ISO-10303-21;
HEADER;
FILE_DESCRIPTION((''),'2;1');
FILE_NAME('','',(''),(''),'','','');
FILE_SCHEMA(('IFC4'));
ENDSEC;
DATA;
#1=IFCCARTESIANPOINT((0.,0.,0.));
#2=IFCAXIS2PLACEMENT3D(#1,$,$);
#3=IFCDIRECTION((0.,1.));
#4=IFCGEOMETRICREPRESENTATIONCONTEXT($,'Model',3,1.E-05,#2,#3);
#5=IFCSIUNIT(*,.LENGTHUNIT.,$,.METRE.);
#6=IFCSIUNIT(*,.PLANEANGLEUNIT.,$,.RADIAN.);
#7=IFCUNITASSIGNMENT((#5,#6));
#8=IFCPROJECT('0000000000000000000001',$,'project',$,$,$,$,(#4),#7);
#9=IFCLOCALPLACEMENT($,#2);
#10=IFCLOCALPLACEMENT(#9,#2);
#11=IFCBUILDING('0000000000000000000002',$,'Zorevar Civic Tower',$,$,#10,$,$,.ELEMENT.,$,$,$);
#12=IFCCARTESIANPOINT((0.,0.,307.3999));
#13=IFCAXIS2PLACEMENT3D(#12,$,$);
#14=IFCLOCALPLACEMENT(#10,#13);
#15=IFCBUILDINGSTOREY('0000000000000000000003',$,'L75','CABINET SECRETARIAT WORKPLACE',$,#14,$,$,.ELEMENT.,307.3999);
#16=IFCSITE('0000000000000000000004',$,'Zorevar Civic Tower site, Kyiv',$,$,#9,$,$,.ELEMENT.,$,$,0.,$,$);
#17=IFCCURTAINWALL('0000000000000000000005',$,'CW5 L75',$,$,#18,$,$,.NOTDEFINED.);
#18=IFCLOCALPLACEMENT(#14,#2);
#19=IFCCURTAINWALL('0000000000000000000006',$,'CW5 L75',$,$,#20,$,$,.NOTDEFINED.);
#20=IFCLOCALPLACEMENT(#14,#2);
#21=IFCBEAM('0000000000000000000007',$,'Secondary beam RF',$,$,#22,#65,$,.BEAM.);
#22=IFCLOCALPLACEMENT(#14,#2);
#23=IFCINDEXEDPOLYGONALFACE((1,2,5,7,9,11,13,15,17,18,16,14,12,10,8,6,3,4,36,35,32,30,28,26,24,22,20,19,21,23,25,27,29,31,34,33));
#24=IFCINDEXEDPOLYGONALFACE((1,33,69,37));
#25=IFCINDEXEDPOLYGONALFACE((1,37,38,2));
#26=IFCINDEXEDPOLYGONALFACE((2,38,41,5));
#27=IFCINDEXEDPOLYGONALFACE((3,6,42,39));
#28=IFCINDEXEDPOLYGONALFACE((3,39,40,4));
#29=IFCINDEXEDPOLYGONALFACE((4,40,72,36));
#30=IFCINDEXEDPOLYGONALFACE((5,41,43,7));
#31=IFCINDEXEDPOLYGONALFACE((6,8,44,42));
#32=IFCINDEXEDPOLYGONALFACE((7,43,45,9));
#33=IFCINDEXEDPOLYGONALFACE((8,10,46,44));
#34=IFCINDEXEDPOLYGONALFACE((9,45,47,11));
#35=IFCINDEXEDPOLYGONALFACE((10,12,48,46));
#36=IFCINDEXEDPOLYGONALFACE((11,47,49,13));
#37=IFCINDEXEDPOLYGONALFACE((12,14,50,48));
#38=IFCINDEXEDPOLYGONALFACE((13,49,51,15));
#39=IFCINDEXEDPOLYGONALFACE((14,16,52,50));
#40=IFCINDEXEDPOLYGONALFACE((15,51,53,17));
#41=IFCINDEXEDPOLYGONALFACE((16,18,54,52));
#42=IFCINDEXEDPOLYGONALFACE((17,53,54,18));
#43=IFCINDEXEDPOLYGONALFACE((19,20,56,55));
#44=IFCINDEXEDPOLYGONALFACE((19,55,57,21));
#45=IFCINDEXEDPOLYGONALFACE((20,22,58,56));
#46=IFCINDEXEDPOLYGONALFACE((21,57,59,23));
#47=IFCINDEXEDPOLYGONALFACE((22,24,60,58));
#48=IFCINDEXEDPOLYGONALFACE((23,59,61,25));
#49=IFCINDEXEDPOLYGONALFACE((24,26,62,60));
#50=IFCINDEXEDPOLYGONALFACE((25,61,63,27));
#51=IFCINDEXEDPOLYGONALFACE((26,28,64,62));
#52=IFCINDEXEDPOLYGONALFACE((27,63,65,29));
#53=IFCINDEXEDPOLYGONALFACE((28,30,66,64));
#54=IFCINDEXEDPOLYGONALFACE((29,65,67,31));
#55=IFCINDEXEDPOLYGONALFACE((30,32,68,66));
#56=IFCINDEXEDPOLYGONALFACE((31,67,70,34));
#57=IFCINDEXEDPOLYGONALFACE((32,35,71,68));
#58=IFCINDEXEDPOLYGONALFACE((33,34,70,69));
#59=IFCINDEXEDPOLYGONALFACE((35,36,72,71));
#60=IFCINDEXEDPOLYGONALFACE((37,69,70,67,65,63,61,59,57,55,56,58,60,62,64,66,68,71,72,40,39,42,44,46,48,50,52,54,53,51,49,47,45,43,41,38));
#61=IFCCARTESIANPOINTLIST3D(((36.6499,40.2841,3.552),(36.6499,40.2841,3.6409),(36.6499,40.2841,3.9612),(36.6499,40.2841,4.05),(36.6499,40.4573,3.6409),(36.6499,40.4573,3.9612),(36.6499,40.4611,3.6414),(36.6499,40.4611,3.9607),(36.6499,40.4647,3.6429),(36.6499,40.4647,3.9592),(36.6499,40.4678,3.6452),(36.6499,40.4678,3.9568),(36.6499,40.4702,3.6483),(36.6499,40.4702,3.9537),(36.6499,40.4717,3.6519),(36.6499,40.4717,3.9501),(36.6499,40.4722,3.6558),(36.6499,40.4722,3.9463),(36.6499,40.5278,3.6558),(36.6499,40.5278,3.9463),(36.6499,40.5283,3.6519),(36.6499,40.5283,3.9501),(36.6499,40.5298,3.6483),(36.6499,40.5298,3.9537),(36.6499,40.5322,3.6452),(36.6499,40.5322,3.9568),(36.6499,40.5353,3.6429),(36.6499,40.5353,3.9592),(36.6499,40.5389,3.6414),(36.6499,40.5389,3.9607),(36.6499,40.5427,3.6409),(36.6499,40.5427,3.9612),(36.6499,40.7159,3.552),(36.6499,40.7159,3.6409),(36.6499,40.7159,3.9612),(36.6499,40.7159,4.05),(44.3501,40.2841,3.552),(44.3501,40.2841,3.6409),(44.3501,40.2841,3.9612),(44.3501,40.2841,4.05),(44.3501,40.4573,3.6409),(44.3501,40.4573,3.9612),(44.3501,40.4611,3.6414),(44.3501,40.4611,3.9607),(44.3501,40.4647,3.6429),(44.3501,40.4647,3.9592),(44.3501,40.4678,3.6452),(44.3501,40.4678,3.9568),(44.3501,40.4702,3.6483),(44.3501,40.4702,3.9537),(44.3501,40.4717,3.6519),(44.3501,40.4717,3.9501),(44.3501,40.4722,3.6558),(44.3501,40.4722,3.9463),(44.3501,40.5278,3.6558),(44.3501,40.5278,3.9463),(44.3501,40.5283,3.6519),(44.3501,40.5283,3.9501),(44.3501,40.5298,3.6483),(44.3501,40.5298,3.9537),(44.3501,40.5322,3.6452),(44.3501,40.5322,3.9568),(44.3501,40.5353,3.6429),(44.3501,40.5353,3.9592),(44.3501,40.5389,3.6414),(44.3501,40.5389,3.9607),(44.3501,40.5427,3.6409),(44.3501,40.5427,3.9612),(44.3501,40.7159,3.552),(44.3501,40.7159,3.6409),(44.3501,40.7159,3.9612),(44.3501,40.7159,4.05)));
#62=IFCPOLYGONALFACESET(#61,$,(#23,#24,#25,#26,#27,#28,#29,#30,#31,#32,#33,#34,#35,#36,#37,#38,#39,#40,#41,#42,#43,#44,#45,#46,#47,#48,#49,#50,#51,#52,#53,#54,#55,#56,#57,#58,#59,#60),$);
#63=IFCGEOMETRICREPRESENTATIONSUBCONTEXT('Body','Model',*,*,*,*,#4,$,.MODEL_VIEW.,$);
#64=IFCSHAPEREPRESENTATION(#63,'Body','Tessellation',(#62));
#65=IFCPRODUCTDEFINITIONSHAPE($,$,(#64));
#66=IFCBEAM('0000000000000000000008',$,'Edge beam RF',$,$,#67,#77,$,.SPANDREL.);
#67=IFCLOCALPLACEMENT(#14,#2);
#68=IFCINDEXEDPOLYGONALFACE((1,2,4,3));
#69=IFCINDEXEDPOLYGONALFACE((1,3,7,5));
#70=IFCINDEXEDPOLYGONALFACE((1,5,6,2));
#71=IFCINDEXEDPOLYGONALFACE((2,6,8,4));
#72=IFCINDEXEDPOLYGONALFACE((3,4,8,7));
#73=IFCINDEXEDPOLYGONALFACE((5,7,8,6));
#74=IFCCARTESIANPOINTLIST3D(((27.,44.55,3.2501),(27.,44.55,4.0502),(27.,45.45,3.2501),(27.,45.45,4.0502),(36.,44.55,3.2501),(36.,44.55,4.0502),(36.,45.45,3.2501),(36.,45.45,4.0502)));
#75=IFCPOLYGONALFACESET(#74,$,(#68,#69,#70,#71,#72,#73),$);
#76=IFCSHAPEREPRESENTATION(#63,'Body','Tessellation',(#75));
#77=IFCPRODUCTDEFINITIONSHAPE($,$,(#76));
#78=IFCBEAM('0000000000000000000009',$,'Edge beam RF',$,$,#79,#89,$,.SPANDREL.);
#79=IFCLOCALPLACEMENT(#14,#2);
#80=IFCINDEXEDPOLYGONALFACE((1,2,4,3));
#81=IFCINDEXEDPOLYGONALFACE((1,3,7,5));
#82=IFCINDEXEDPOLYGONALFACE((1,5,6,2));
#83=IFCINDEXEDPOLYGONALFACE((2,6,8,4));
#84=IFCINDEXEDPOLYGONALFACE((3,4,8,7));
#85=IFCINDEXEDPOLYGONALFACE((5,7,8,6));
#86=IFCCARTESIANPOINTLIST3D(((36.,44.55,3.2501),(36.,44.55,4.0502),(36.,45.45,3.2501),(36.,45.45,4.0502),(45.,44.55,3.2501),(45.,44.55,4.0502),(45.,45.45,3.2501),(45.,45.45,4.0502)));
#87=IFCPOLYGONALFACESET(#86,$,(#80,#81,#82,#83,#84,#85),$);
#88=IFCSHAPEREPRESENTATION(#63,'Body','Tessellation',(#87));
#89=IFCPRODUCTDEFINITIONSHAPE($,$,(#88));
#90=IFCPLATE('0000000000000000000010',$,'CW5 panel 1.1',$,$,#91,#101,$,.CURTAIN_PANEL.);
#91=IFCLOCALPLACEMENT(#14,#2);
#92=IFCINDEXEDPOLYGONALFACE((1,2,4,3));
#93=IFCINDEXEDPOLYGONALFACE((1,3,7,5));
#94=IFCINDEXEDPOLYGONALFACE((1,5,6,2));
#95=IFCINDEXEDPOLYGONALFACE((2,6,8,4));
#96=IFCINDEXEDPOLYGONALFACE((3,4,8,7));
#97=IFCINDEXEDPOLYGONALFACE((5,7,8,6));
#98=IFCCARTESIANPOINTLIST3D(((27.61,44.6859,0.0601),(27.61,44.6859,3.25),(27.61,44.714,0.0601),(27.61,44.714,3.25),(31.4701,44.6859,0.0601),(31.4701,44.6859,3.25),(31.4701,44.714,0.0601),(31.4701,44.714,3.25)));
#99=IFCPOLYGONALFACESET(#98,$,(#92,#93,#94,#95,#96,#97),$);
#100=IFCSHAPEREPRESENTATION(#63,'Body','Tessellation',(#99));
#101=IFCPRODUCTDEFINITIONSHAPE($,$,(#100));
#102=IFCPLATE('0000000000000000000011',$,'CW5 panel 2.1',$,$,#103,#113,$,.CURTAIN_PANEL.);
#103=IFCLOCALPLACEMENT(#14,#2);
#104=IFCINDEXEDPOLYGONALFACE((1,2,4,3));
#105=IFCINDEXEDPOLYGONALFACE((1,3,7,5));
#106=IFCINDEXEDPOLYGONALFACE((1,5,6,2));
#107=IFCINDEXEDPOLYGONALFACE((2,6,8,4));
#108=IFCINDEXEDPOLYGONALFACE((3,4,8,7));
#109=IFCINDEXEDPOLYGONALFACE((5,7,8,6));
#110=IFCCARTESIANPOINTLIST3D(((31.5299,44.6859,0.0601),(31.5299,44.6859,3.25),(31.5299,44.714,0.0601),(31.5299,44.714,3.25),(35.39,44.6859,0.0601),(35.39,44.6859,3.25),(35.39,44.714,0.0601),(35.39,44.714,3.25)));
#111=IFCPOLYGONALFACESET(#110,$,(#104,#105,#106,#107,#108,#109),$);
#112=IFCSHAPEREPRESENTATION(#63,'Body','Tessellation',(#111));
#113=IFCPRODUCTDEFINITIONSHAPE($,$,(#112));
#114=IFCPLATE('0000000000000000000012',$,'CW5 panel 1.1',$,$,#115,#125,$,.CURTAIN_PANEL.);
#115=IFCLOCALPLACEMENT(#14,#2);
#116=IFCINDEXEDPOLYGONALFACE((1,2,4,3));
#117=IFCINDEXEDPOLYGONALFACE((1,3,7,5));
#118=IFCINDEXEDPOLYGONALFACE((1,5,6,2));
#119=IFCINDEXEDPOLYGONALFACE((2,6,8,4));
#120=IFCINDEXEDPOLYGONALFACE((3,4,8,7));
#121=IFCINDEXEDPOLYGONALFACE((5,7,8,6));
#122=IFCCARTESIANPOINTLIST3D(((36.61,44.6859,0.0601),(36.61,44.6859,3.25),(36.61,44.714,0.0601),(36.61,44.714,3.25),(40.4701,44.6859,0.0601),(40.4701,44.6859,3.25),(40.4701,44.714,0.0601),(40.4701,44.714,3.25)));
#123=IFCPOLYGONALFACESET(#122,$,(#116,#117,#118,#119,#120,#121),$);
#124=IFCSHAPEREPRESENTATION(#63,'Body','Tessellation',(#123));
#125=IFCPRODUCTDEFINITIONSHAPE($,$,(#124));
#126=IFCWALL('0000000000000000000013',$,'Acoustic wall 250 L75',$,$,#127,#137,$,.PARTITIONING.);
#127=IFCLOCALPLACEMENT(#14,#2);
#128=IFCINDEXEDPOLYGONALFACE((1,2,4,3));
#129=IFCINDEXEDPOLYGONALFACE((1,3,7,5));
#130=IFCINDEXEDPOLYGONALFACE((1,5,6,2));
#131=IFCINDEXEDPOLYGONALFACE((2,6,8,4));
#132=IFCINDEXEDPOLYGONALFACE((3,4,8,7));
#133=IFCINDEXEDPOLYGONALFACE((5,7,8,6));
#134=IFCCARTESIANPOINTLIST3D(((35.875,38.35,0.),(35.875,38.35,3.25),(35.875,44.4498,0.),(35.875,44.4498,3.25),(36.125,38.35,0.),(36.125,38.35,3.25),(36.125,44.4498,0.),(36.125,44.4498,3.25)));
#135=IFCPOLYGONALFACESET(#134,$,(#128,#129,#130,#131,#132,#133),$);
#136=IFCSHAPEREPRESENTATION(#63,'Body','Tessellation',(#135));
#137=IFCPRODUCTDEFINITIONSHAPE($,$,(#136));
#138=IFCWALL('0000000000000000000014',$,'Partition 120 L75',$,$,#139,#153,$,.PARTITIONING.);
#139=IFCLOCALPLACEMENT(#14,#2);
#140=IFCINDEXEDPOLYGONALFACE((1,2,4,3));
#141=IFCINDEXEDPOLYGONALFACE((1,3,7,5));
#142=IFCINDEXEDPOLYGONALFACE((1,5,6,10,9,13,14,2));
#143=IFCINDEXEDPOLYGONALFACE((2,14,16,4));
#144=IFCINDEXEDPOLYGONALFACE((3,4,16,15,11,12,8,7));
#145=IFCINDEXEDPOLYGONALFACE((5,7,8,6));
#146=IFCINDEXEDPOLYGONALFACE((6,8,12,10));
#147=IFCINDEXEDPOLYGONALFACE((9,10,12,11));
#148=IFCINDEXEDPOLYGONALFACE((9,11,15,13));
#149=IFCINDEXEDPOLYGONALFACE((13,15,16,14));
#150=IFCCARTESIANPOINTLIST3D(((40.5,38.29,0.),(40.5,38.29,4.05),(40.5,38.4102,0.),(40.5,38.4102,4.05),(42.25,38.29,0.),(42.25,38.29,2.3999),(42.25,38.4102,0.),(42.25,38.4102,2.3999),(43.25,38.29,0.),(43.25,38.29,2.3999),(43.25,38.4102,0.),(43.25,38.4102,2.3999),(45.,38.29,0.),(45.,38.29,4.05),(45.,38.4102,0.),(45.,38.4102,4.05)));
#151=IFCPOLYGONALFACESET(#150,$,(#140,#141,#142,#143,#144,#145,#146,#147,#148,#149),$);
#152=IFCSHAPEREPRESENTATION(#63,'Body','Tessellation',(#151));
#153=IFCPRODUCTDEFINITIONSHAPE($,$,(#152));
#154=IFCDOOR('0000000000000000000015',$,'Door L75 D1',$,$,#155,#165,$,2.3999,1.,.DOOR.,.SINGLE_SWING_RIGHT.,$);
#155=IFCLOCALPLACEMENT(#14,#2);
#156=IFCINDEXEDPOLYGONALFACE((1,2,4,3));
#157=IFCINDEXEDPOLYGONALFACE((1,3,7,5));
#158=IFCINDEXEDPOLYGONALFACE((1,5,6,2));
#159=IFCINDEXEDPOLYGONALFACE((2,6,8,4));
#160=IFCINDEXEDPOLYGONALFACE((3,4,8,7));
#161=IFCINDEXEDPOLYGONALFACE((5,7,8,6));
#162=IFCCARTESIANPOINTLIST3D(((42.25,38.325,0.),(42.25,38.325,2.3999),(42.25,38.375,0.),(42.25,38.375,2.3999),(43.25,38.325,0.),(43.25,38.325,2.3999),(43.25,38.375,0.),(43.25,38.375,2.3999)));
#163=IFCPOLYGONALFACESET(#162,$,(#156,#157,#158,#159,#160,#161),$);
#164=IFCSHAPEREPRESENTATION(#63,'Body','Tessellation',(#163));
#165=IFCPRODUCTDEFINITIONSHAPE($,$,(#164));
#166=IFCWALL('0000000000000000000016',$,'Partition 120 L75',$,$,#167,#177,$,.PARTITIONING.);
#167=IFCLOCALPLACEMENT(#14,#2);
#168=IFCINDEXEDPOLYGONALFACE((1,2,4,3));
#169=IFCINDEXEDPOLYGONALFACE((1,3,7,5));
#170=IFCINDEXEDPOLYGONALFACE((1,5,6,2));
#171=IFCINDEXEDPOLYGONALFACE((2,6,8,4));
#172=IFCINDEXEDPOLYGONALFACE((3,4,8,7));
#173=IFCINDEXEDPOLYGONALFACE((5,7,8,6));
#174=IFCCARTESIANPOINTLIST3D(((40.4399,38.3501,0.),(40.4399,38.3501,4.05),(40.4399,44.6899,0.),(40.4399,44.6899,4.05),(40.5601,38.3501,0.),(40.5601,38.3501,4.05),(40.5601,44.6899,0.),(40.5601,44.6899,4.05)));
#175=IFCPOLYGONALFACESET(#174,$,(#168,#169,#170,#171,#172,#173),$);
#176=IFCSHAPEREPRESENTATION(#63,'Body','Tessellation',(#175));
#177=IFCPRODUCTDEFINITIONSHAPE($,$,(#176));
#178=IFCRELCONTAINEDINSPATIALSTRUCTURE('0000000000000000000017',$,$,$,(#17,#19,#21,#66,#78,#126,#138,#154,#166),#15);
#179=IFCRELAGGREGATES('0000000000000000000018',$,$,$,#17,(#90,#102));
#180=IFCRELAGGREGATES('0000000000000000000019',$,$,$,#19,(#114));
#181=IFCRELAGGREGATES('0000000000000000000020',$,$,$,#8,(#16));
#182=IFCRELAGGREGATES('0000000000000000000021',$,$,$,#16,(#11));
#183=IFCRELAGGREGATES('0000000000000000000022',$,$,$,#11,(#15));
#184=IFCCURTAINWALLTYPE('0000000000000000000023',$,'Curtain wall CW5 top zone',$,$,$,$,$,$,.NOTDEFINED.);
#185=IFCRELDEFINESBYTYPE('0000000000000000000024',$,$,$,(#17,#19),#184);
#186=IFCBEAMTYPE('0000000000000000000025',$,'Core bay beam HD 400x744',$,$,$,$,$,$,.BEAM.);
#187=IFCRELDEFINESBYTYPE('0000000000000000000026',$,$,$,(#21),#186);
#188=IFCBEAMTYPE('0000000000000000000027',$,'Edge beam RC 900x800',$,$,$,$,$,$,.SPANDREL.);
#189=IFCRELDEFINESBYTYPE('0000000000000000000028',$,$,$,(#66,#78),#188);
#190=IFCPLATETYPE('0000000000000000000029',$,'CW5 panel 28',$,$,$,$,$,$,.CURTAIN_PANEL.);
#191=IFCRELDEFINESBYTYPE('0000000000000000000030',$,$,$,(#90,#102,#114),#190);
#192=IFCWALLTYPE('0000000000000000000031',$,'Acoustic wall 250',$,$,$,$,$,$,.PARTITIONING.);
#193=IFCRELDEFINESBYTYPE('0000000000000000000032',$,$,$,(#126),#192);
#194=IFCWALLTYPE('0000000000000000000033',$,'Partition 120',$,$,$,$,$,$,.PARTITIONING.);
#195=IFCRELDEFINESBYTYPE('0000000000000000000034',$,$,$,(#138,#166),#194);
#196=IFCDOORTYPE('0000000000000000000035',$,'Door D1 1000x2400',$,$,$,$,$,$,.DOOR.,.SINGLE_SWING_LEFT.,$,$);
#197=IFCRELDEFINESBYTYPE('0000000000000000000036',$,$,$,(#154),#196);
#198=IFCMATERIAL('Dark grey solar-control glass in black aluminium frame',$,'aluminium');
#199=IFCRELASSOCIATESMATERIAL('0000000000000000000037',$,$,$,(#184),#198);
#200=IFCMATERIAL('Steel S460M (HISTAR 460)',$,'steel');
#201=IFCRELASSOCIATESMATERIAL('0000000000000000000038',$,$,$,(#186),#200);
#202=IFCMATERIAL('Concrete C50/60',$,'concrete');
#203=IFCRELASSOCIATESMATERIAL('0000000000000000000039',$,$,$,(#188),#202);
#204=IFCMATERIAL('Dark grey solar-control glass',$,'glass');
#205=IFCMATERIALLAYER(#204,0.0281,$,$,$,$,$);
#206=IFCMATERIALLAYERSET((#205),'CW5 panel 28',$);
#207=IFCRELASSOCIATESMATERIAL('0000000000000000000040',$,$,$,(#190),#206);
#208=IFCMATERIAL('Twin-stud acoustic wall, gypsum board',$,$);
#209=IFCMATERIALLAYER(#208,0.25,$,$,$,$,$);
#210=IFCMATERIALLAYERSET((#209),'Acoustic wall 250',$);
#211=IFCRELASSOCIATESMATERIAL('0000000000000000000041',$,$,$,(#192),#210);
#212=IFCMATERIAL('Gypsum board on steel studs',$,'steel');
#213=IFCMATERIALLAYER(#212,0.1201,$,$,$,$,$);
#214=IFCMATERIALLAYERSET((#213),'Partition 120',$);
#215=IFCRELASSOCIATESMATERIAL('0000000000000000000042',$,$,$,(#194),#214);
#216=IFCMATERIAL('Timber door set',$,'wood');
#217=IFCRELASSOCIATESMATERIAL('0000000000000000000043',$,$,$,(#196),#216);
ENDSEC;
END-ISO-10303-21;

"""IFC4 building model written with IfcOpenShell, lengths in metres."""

from ifc_helpers import new_model, si_unit, direction, frame, frame_2d, origin, origin_2d, place, context, subcontext, project, spatial, rectangle, i_section, extrude, material, layer, layer_set, material_profile, profile_set, type_object, element, fill, aggregate, save


model = new_model("IFC4")

# Units and contexts
model_context = context("Model", 3, precision=1e-05, world=origin(), true_north=direction((0.0, 1.0)))
body_context = subcontext(model_context, "Body", "Model", "MODEL_VIEW")
ifc_project = project(units=[si_unit("LENGTHUNIT", "METRE"), si_unit("PLANEANGLEUNIT", "RADIAN")], contexts=[model_context])

# Site, building, storey
site_placement = place(None, origin())
site = spatial("IfcSite", under=ifc_project, at=site_placement, Name="Zorevar Civic Tower site, Kyiv", CompositionType="ELEMENT", RefElevation=0.0)
building_placement = place(site_placement, origin())
building = spatial("IfcBuilding", under=site, at=building_placement, Name="Zorevar Civic Tower", CompositionType="ELEMENT")
storey_placement = place(building_placement, frame((0.0, 0.0, 307.3999)))
storey = spatial("IfcBuildingStorey", under=building, at=storey_placement, Name="L75", Description="CABINET SECRETARIAT WORKPLACE", CompositionType="ELEMENT", Elevation=307.3999)

# Curtain walls
ifc_material_1 = material(Name="Dark grey solar-control glass in black aluminium frame", Category="aluminium")
curtain_wall_type = type_object("IfcCurtainWallType", Name="Curtain wall CW5 top zone", PredefinedType="NOTDEFINED", material=ifc_material_1)
curtain_wall_1_placement = place(storey_placement, origin())
curtain_wall_1 = element("IfcCurtainWall", 1, at=curtain_wall_1_placement, inside=storey, type_object=curtain_wall_type, Name="CW5 L75", PredefinedType="NOTDEFINED")
curtain_wall_2_placement = place(storey_placement, origin())
curtain_wall_2 = element("IfcCurtainWall", 2, at=curtain_wall_2_placement, inside=storey, type_object=curtain_wall_type, Name="CW5 L75", PredefinedType="NOTDEFINED")

# Beams
ifc_material_2 = material(Name="Steel S460M (HISTAR 460)", Category="steel")
ifc_material_profile_1 = material_profile(ifc_material_2, i_section(OverallWidth=0.4319, OverallDepth=0.498, WebThickness=0.0557, FlangeThickness=0.0889, FilletRadius=0.0149, at=origin_2d()), Name="HD 400x744")
ifc_profile_set_1 = profile_set([ifc_material_profile_1], Name="Steel S460M (HISTAR 460)")
beam_type_1 = type_object("IfcBeamType", Name="Core bay beam HD 400x744", PredefinedType="BEAM", material=ifc_profile_set_1)
for number, where, z_axis, x_axis, name in (
    (3, (36.6499, 40.5, 3.801), (1.0, 0.0, 0.0), (0.0, 1.0, 0.0), "Secondary beam RF"),
):
    element("IfcBeam", number, at=place(storey_placement, frame(where, z_axis=z_axis, x_axis=x_axis)), inside=storey, type_object=beam_type_1, Name=name, PredefinedType="BEAM", context=body_context, shape_type="SweptSolid", body=[
        extrude(i_section(OverallWidth=0.4319, OverallDepth=0.498, WebThickness=0.0557, FlangeThickness=0.0889, FilletRadius=0.0149, at=origin_2d()), origin(), (0.0, 0.0, 1.0), 7.7002),
    ])
ifc_material_3 = material(Name="Concrete C50/60", Category="concrete")
ifc_material_profile_2 = material_profile(ifc_material_3, rectangle(XDim=0.8999, YDim=0.8, at=origin_2d()), Name="RC 900x800")
ifc_profile_set_2 = profile_set([ifc_material_profile_2], Name="Concrete C50/60")
beam_type_2 = type_object("IfcBeamType", Name="Edge beam RC 900x800", PredefinedType="SPANDREL", material=ifc_profile_set_2)
for number, where, z_axis, x_axis, name in (
    (4, (27.0, 45.0, 3.6501), (1.0, 0.0, 0.0), (0.0, 1.0, 0.0), "Edge beam RF"),
    (5, (36.0, 45.0, 3.6501), (1.0, 0.0, 0.0), (0.0, 1.0, 0.0), "Edge beam RF"),
):
    element("IfcBeam", number, at=place(storey_placement, frame(where, z_axis=z_axis, x_axis=x_axis)), inside=storey, type_object=beam_type_2, Name=name, PredefinedType="SPANDREL", context=body_context, shape_type="SweptSolid", body=[
        extrude(rectangle(XDim=0.8999, YDim=0.8, at=origin_2d()), origin(), (0.0, 0.0, 1.0), 9.0),
    ])

# Plates
ifc_material_4 = material(Name="Dark grey solar-control glass", Category="glass")
ifc_layer_1 = layer(ifc_material_4, 0.0281)
ifc_layer_set_1 = layer_set([ifc_layer_1], Name="CW5 panel 28")
plate_type = type_object("IfcPlateType", Name="CW5 panel 28", PredefinedType="CURTAIN_PANEL", material=ifc_layer_set_1)
plate_1_placement = place(storey_placement, frame((29.54, 44.7, 0.0601), z_axis=(0.0, 0.0, 1.0), x_axis=(1.0, 0.0, 0.0)))
plate_1 = element("IfcPlate", 6, at=plate_1_placement, type_object=plate_type, Name="CW5 panel 1.1", PredefinedType="CURTAIN_PANEL", context=body_context, shape_type="SweptSolid", body=[
    extrude(rectangle(XDim=3.8601, YDim=0.0281, at=origin_2d()), origin(), (0.0, 0.0, 1.0), 3.1899),
])
plate_2_placement = place(storey_placement, frame((33.46, 44.7, 0.0601), z_axis=(0.0, 0.0, 1.0), x_axis=(1.0, 0.0, 0.0)))
plate_2 = element("IfcPlate", 7, at=plate_2_placement, type_object=plate_type, Name="CW5 panel 2.1", PredefinedType="CURTAIN_PANEL", context=body_context, shape_type="SweptSolid", body=[
    extrude(rectangle(XDim=3.8601, YDim=0.0281, at=origin_2d()), origin(), (0.0, 0.0, 1.0), 3.1899),
])
aggregate(curtain_wall_1, [plate_1, plate_2])
plate_3_placement = place(storey_placement, frame((38.54, 44.7, 0.0601), z_axis=(0.0, 0.0, 1.0), x_axis=(1.0, 0.0, 0.0)))
plate_3 = element("IfcPlate", 8, at=plate_3_placement, type_object=plate_type, Name="CW5 panel 1.1", PredefinedType="CURTAIN_PANEL", context=body_context, shape_type="SweptSolid", body=[
    extrude(rectangle(XDim=3.8601, YDim=0.0281, at=origin_2d()), origin(), (0.0, 0.0, 1.0), 3.1899),
])
aggregate(curtain_wall_2, [plate_3])

# Wall
ifc_material_5 = material(Name="Twin-stud acoustic wall, gypsum board")
ifc_layer_2 = layer(ifc_material_5, 0.25)
ifc_layer_set_2 = layer_set([ifc_layer_2], Name="Acoustic wall 250")
wall_type_1 = type_object("IfcWallType", Name="Acoustic wall 250", PredefinedType="PARTITIONING", material=ifc_layer_set_2)
wall_1_placement = place(storey_placement, frame((36.0, 38.3501, 0.0), z_axis=(0.0, 0.0, 1.0), x_axis=(0.0, 1.0, 0.0)))
element("IfcWall", 9, at=wall_1_placement, inside=storey, type_object=wall_type_1, Name="Acoustic wall 250 L75", PredefinedType="PARTITIONING", context=body_context, shape_type="SweptSolid", body=[
    extrude(rectangle(XDim=6.0999, YDim=0.25, at=frame_2d((3.0498, 0.0))), origin(), (0.0, 0.0, 1.0), 3.25),
])

# Wall, opening, door
ifc_material_6 = material(Name="Gypsum board on steel studs", Category="steel")
ifc_layer_3 = layer(ifc_material_6, 0.1201)
ifc_layer_set_3 = layer_set([ifc_layer_3], Name="Partition 120")
wall_type_2 = type_object("IfcWallType", Name="Partition 120", PredefinedType="PARTITIONING", material=ifc_layer_set_3)
wall_2_placement = place(storey_placement, frame((40.5, 38.3501, 0.0), z_axis=(0.0, 0.0, 1.0), x_axis=(1.0, 0.0, 0.0)))
wall_2 = element("IfcWall", 10, at=wall_2_placement, inside=storey, type_object=wall_type_2, Name="Partition 120 L75", PredefinedType="PARTITIONING", context=body_context, shape_type="SweptSolid", body=[
    extrude(rectangle(XDim=4.5, YDim=0.1201, at=frame_2d((2.25, 0.0))), origin(), (0.0, 0.0, 1.0), 4.05),
])
opening_placement = place(wall_2_placement, frame((1.75, 0.0, 0.0)))
opening = element("IfcOpeningElement", 11, at=opening_placement, cuts=wall_2, PredefinedType="OPENING", context=body_context, shape_type="SweptSolid", body=[
    extrude(rectangle(XDim=1.0, YDim=2.3999, at=frame_2d((0.5, 1.2))), frame((0.0, 0.0701, 0.0), z_axis=(0.0, -1.0, 0.0), x_axis=(1.0, 0.0, 0.0)), (0.0, 0.0, 1.0), 0.1401),
])
ifc_material_7 = material(Name="Timber door set", Category="wood")
door_type = type_object("IfcDoorType", Name="Door D1 1000x2400", OperationType="SINGLE_SWING_LEFT", PredefinedType="DOOR", material=ifc_material_7)
door_placement = place(opening_placement, origin())
door = element("IfcDoor", 12, at=door_placement, inside=storey, type_object=door_type, Name="Door L75 D1", OperationType="SINGLE_SWING_RIGHT", OverallHeight=2.3999, OverallWidth=1.0, PredefinedType="DOOR", context=body_context, shape_type="SweptSolid", body=[
    extrude(rectangle(XDim=1.0, YDim=2.3999, at=frame_2d((0.5, 1.2))), frame((0.0, 0.0249, 0.0), z_axis=(0.0, -1.0, 0.0), x_axis=(1.0, 0.0, 0.0)), (0.0, 0.0, 1.0), 0.05),
])
fill(opening, door)

# Wall
wall_3_placement = place(storey_placement, frame((40.5, 38.3501, 0.0), z_axis=(0.0, 0.0, 1.0), x_axis=(0.0, 1.0, 0.0)))
element("IfcWall", 13, at=wall_3_placement, inside=storey, type_object=wall_type_2, Name="Partition 120 L75", PredefinedType="PARTITIONING", context=body_context, shape_type="SweptSolid", body=[
    extrude(rectangle(XDim=6.3398, YDim=0.1201, at=frame_2d((3.1699, 0.0))), origin(), (0.0, 0.0, 1.0), 4.05),
])

save(model, "model.ifc")
